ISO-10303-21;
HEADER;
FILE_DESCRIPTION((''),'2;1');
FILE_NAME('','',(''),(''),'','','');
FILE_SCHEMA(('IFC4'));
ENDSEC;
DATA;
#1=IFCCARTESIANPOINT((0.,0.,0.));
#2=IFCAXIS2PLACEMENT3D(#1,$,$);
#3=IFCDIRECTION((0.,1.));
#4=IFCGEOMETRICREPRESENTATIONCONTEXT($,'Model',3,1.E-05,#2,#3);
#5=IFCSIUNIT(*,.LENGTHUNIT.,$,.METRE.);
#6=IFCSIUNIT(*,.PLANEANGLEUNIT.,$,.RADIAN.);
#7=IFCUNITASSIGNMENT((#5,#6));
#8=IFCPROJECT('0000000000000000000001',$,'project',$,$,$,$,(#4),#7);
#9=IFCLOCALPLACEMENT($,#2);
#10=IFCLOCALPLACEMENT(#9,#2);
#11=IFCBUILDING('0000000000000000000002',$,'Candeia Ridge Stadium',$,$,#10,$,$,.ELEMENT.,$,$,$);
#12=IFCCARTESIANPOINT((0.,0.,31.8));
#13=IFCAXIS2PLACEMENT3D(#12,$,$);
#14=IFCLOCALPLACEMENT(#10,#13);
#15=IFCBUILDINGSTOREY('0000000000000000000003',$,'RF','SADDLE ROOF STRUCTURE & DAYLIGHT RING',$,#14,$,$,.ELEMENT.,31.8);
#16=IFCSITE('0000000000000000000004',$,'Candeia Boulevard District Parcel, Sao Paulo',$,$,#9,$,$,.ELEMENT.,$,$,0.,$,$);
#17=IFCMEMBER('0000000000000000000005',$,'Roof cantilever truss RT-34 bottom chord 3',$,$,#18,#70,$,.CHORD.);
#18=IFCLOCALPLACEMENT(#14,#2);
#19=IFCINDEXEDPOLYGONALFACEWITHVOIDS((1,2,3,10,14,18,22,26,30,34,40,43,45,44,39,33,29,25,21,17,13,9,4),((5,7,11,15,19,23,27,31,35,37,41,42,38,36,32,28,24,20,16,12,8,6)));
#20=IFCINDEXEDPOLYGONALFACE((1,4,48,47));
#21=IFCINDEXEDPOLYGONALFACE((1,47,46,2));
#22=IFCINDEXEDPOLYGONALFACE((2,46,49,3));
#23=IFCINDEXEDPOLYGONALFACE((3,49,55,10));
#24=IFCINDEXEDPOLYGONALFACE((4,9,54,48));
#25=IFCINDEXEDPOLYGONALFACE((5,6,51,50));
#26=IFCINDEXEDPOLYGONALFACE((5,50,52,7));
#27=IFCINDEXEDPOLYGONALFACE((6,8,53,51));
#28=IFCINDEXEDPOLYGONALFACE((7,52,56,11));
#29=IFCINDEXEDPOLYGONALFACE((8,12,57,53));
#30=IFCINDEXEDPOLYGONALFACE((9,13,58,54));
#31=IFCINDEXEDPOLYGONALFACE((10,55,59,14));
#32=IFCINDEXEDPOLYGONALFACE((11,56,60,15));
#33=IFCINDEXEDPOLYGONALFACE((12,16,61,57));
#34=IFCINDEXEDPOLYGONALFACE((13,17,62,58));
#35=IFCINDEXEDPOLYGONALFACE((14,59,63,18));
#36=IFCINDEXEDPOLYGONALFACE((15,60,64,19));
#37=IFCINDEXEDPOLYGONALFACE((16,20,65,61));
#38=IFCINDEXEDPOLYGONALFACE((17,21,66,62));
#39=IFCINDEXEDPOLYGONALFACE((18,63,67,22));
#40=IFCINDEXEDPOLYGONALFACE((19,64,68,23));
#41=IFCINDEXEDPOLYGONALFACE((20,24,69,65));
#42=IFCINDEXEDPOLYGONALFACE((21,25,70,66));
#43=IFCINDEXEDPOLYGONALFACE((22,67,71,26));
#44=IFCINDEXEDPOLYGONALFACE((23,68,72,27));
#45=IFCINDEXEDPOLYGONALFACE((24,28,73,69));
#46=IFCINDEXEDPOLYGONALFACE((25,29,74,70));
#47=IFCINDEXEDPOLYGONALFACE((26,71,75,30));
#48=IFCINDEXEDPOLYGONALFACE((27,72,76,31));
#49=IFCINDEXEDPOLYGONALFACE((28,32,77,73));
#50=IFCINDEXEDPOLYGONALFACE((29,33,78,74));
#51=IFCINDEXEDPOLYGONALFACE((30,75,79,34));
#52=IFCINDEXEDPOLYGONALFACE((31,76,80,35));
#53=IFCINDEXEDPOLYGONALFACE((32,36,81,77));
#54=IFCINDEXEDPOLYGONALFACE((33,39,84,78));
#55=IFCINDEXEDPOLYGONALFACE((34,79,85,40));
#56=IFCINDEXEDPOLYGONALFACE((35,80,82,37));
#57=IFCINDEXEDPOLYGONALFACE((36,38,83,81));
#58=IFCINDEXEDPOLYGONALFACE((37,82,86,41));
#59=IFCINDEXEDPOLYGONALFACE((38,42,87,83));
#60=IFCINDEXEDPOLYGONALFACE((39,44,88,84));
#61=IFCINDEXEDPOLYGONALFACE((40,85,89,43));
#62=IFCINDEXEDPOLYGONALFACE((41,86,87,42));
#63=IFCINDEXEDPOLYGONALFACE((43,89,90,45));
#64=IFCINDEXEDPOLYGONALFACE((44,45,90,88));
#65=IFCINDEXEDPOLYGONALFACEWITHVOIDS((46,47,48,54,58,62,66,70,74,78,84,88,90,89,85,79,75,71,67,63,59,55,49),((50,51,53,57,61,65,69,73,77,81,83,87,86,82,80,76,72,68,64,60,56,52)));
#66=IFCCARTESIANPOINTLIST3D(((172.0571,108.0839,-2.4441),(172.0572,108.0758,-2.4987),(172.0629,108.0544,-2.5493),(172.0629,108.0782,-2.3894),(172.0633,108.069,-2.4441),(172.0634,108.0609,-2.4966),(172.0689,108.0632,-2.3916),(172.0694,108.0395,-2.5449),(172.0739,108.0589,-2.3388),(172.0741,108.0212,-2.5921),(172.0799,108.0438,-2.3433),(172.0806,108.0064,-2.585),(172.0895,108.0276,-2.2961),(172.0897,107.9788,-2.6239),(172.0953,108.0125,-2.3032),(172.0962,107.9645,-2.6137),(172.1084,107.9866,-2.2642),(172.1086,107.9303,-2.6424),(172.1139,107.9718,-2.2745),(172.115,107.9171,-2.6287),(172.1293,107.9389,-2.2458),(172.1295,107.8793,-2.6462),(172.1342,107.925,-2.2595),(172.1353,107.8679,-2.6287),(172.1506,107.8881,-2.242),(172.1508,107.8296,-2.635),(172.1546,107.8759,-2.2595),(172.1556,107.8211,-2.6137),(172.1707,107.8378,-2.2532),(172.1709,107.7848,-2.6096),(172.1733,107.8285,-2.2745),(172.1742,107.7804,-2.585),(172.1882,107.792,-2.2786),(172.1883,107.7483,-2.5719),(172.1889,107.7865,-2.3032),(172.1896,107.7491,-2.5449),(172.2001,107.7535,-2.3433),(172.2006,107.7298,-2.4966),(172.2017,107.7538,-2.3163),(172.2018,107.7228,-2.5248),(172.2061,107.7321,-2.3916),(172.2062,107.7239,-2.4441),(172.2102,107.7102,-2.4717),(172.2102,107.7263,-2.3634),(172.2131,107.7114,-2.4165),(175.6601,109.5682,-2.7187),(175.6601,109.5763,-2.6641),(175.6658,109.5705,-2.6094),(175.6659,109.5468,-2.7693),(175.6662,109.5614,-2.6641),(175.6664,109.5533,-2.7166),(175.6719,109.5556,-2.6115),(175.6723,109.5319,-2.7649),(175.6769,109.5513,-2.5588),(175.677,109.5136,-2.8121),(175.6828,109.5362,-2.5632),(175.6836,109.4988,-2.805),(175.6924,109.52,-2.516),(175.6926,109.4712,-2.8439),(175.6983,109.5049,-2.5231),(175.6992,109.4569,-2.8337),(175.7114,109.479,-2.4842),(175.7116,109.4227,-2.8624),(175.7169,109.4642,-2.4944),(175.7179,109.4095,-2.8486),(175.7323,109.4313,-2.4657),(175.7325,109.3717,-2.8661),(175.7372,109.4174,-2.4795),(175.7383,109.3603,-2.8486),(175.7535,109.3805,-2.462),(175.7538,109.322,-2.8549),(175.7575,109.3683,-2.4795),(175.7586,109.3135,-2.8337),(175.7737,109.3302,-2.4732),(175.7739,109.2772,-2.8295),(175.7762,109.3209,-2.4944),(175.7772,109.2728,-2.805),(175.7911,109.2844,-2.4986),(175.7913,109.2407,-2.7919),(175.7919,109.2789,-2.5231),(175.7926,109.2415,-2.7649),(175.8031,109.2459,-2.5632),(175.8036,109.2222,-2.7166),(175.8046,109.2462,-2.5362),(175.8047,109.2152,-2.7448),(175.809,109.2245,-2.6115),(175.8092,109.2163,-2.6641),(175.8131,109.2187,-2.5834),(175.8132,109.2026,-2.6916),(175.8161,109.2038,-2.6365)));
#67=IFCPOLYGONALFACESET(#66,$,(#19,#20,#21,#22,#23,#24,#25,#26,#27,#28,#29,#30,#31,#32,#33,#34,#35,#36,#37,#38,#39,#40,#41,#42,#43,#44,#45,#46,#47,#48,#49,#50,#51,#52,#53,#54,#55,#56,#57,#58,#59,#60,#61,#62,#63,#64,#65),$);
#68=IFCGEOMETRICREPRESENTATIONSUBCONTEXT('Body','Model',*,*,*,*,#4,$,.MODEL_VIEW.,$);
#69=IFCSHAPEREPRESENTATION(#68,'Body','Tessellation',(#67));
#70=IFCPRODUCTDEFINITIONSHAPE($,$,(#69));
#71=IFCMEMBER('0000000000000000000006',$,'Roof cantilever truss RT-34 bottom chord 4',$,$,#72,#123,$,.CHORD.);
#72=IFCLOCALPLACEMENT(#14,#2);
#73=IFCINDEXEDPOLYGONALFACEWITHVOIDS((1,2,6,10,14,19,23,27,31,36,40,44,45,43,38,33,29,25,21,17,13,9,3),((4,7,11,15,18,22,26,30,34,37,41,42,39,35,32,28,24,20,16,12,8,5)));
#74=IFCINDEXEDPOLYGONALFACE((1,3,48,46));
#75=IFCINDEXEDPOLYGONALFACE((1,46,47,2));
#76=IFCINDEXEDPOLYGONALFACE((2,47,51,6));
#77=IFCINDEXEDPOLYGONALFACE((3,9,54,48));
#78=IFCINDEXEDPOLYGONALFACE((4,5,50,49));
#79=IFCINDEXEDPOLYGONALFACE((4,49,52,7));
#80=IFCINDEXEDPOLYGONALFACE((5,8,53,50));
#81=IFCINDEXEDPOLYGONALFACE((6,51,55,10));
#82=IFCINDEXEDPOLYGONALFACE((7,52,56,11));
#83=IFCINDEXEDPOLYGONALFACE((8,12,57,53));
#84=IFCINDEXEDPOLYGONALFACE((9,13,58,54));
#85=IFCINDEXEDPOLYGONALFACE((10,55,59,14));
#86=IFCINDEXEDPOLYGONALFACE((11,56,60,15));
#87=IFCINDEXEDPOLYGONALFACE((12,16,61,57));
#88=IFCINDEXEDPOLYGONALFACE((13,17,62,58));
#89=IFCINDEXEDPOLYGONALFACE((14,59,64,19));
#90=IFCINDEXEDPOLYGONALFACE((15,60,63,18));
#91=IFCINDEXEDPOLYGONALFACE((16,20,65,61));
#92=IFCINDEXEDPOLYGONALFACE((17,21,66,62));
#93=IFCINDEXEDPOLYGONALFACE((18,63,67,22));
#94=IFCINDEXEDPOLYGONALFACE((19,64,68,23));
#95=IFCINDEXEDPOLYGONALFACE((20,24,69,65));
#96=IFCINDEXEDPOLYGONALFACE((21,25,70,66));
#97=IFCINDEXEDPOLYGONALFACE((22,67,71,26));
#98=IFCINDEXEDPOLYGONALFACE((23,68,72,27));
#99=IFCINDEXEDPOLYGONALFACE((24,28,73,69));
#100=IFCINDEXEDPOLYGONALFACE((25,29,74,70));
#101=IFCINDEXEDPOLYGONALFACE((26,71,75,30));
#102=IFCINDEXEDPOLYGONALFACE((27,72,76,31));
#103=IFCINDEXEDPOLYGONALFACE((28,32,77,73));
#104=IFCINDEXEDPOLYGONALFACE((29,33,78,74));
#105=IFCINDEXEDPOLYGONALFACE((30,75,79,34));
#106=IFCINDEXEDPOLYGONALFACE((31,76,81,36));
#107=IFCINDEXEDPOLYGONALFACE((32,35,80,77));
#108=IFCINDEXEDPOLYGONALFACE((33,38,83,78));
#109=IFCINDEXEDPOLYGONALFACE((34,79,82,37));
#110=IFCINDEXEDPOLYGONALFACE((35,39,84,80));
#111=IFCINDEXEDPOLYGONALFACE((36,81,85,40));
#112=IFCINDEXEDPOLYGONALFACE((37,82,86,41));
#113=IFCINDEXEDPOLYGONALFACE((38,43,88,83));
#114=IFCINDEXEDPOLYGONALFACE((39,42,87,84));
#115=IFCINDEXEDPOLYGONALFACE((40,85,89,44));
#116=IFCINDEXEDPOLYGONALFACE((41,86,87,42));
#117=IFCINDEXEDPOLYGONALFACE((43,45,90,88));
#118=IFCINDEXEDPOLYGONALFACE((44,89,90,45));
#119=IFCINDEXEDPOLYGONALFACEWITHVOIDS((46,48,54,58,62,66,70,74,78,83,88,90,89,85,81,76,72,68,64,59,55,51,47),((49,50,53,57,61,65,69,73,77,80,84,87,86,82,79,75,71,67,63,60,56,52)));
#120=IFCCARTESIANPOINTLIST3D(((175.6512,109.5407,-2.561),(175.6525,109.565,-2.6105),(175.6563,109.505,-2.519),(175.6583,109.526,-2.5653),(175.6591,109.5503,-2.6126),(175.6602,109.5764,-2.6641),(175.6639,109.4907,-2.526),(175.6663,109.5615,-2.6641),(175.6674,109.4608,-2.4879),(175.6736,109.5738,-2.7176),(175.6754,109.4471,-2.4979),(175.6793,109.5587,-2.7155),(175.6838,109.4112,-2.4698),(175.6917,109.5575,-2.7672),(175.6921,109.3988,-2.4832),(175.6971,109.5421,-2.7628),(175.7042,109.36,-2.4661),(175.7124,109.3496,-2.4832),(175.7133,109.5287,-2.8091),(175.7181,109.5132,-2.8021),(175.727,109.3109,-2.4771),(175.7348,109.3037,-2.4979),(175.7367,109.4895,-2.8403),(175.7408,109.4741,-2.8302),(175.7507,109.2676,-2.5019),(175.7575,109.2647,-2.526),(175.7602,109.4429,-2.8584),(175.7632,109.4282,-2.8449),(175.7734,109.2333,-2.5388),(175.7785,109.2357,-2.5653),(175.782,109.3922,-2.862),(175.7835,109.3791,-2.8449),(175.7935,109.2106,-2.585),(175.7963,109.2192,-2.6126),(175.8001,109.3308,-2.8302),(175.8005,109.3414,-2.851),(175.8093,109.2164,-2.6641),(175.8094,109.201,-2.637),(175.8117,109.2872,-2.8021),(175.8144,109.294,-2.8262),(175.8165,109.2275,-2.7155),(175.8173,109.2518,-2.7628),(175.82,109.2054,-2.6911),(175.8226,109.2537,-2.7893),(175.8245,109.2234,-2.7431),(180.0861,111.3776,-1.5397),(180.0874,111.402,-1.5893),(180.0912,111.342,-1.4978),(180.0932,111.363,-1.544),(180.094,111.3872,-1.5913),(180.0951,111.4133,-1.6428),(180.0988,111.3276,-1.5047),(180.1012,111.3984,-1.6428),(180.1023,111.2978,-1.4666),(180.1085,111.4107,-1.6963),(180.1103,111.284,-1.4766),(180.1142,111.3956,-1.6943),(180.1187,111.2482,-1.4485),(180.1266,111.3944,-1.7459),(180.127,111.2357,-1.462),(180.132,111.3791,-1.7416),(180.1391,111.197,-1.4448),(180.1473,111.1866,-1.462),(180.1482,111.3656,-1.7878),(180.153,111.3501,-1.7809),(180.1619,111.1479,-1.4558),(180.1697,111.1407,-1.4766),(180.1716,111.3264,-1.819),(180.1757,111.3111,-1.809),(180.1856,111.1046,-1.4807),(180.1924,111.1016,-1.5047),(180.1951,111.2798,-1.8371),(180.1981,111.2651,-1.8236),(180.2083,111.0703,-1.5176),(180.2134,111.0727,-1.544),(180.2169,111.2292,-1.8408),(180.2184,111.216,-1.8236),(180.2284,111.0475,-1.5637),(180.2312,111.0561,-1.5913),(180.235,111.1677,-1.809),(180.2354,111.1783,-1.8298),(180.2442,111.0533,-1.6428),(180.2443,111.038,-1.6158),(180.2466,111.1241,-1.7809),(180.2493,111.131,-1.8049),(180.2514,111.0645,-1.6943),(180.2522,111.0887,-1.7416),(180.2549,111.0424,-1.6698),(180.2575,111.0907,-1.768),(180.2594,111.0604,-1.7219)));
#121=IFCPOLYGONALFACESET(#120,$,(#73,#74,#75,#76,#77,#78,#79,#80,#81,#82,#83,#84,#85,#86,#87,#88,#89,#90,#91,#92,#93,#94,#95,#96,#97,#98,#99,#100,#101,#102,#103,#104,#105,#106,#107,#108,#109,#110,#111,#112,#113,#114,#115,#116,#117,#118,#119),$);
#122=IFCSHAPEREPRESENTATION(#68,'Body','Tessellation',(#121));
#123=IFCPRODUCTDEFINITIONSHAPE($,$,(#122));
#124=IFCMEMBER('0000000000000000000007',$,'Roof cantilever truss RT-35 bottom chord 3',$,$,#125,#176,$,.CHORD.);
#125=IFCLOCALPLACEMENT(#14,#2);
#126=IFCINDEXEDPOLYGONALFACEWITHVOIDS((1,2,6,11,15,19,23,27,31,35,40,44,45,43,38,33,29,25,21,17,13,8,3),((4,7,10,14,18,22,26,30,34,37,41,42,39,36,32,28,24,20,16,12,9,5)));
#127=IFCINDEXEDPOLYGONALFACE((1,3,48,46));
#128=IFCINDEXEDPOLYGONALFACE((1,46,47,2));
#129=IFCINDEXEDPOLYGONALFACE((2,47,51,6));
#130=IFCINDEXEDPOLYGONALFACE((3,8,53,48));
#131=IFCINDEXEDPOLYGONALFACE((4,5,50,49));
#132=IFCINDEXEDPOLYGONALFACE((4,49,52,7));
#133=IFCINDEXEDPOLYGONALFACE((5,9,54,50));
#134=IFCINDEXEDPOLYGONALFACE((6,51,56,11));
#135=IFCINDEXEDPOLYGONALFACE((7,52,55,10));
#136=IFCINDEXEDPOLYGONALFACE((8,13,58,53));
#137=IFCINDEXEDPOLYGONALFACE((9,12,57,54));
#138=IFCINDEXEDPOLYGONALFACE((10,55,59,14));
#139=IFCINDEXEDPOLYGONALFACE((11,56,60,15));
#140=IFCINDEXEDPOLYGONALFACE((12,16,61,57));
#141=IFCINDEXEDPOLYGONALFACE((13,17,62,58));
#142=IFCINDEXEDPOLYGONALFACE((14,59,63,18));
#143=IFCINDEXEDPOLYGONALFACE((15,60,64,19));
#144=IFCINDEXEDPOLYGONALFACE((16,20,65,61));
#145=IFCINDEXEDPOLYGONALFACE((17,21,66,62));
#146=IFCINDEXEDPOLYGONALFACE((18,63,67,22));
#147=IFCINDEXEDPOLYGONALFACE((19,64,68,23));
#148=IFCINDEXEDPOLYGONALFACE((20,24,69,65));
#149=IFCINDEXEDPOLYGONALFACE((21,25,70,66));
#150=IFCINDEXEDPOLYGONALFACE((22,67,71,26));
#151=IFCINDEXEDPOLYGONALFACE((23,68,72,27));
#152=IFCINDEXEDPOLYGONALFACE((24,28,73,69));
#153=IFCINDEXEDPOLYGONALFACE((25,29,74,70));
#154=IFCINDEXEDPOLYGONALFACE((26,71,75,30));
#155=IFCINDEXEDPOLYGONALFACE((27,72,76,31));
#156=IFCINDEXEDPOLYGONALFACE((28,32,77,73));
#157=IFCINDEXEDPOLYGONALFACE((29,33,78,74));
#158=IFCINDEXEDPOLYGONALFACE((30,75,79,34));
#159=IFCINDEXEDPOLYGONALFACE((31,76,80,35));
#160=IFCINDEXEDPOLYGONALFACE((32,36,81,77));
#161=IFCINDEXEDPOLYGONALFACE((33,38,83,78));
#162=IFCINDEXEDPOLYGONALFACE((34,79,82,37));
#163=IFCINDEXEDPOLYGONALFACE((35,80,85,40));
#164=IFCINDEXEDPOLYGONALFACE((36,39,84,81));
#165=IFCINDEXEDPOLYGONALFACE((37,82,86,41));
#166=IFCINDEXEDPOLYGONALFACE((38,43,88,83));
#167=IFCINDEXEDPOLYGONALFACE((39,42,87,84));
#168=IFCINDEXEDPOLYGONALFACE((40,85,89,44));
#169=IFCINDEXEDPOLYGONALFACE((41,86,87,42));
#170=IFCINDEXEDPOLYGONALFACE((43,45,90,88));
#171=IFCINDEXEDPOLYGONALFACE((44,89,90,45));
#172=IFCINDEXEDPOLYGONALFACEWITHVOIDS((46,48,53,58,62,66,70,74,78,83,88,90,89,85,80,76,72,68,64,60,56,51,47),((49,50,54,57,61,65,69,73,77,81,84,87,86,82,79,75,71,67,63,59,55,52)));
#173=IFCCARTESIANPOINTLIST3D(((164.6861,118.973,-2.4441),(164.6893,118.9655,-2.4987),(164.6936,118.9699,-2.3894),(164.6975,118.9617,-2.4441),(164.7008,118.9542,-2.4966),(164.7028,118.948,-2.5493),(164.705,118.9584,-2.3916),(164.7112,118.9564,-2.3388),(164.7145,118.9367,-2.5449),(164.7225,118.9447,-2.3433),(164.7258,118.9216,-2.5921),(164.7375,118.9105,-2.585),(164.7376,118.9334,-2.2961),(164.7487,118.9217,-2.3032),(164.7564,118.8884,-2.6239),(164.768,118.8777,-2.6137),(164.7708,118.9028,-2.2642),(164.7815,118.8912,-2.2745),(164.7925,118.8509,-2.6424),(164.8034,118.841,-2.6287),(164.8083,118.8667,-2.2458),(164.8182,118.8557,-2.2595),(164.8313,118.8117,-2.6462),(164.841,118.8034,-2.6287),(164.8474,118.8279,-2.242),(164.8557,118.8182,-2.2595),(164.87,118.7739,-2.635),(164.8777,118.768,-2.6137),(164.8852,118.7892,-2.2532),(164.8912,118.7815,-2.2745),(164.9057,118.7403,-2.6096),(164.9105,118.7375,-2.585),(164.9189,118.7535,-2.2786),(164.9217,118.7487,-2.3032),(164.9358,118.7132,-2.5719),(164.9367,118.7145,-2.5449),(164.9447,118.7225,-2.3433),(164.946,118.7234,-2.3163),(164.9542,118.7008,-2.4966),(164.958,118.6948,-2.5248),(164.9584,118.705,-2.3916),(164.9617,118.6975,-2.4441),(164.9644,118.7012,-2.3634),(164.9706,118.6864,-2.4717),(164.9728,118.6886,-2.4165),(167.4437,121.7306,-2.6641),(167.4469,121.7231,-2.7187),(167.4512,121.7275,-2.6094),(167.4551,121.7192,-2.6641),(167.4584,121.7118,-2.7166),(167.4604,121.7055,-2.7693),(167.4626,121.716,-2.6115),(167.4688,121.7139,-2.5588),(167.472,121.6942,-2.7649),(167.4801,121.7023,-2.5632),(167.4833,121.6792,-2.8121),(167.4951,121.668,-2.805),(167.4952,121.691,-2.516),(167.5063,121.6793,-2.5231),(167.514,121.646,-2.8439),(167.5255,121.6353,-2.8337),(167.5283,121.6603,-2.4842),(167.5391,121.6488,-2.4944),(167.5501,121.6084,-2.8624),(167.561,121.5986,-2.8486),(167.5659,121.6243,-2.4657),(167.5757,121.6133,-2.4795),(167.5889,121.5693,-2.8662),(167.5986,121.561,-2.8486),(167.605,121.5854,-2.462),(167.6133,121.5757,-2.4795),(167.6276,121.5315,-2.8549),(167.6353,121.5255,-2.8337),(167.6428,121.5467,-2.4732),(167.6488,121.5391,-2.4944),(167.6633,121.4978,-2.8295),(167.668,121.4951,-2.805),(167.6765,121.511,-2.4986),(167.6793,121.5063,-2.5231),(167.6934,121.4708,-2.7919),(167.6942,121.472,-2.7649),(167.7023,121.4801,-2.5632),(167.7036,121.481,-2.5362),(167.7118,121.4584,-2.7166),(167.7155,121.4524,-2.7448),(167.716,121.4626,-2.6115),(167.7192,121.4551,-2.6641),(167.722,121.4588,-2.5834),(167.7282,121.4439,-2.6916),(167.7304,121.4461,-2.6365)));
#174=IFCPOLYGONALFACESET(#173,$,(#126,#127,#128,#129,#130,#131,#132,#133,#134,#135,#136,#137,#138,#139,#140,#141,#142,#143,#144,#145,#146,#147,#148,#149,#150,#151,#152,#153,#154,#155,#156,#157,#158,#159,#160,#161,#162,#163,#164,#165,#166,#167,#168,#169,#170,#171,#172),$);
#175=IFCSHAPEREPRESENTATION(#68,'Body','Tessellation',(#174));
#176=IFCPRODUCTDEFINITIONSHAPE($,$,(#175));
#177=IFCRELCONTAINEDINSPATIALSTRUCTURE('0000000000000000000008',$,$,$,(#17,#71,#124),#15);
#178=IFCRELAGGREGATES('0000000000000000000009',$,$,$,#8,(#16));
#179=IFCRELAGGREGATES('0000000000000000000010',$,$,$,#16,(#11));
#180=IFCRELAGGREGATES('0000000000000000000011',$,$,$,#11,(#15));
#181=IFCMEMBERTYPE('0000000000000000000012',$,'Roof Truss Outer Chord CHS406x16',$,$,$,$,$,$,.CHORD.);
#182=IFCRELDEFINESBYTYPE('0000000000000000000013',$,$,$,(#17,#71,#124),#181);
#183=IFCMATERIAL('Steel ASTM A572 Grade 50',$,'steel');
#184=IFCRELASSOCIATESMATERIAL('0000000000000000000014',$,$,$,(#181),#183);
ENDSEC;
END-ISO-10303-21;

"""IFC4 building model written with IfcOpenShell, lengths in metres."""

from ifc_helpers import new_model, si_unit, direction, frame, origin, origin_2d, place, context, subcontext, project, spatial, hollow_circle, extrude, material, material_profile, profile_set, type_object, element, save


model = new_model("IFC4")

# Units and contexts
model_context = context("Model", 3, precision=1e-05, world=origin(), true_north=direction((0.0, 1.0)))
body_context = subcontext(model_context, "Body", "Model", "MODEL_VIEW")
ifc_project = project(units=[si_unit("LENGTHUNIT", "METRE"), si_unit("PLANEANGLEUNIT", "RADIAN")], contexts=[model_context])

# Site, building, storey
site_placement = place(None, origin())
site = spatial("IfcSite", under=ifc_project, at=site_placement, Name="Candeia Boulevard District Parcel, Sao Paulo", CompositionType="ELEMENT", RefElevation=0.0)
building_placement = place(site_placement, origin())
building = spatial("IfcBuilding", under=site, at=building_placement, Name="Candeia Ridge Stadium", CompositionType="ELEMENT")
storey_placement = place(building_placement, frame((0.0, 0.0, 31.8)))
storey = spatial("IfcBuildingStorey", under=building, at=storey_placement, Name="RF", Description="SADDLE ROOF STRUCTURE & DAYLIGHT RING", CompositionType="ELEMENT", Elevation=31.8)

# Shared definitions
ifc_material_1 = material(Name="Steel ASTM A572 Grade 50", Category="steel")

# Members
ifc_material_profile_1 = material_profile(ifc_material_1, hollow_circle(Radius=0.2029, WallThickness=0.0161, at=origin_2d()), Name="CHS406x16", Category="steel")
ifc_profile_set_1 = profile_set([ifc_material_profile_1], Name="Steel ASTM A572 Grade 50")
member_type_1 = type_object("IfcMemberType", Name="Roof Truss Outer Chord CHS406x16", PredefinedType="CHORD", material=ifc_profile_set_1)
member_1_placement = place(storey_placement, frame((172.1348, 107.8965, -2.4441), z_axis=(0.922413, 0.382078, -0.056315), x_axis=(-0.382685, 0.923879, 0.0)))
element("IfcMember", 1, at=member_1_placement, inside=storey, type_object=member_type_1, Name="Roof cantilever truss RT-34 bottom chord 3", PredefinedType="CHORD", context=body_context, shape_type="SweptSolid", body=[
    extrude(hollow_circle(Radius=0.2029, WallThickness=0.0161, at=origin_2d()), origin(), (0.0, 0.0, 1.0), 3.906),
])
member_2_placement = place(storey_placement, frame((175.7378, 109.3889, -2.6641), z_axis=(0.903658, 0.374298, 0.208093), x_axis=(-0.382675, 0.923883, 0.0)))
element("IfcMember", 2, at=member_2_placement, inside=storey, type_object=member_type_1, Name="Roof cantilever truss RT-34 bottom chord 4", PredefinedType="CHORD", context=body_context, shape_type="SweptSolid", body=[
    extrude(hollow_circle(Radius=0.2029, WallThickness=0.0161, at=origin_2d()), origin(), (0.0, 0.0, 1.0), 4.9077),
])
member_3_placement = place(storey_placement, frame((164.8296, 118.8296, -2.4441), z_axis=(0.705985, 0.705985, -0.056316), x_axis=(-0.707107, 0.707107, 0.0)))
element("IfcMember", 3, at=member_3_placement, inside=storey, type_object=member_type_1, Name="Roof cantilever truss RT-35 bottom chord 3", PredefinedType="CHORD", context=body_context, shape_type="SweptSolid", body=[
    extrude(hollow_circle(Radius=0.2029, WallThickness=0.0161, at=origin_2d()), origin(), (0.0, 0.0, 1.0), 3.906),
])

save(model, "model.ifc")
